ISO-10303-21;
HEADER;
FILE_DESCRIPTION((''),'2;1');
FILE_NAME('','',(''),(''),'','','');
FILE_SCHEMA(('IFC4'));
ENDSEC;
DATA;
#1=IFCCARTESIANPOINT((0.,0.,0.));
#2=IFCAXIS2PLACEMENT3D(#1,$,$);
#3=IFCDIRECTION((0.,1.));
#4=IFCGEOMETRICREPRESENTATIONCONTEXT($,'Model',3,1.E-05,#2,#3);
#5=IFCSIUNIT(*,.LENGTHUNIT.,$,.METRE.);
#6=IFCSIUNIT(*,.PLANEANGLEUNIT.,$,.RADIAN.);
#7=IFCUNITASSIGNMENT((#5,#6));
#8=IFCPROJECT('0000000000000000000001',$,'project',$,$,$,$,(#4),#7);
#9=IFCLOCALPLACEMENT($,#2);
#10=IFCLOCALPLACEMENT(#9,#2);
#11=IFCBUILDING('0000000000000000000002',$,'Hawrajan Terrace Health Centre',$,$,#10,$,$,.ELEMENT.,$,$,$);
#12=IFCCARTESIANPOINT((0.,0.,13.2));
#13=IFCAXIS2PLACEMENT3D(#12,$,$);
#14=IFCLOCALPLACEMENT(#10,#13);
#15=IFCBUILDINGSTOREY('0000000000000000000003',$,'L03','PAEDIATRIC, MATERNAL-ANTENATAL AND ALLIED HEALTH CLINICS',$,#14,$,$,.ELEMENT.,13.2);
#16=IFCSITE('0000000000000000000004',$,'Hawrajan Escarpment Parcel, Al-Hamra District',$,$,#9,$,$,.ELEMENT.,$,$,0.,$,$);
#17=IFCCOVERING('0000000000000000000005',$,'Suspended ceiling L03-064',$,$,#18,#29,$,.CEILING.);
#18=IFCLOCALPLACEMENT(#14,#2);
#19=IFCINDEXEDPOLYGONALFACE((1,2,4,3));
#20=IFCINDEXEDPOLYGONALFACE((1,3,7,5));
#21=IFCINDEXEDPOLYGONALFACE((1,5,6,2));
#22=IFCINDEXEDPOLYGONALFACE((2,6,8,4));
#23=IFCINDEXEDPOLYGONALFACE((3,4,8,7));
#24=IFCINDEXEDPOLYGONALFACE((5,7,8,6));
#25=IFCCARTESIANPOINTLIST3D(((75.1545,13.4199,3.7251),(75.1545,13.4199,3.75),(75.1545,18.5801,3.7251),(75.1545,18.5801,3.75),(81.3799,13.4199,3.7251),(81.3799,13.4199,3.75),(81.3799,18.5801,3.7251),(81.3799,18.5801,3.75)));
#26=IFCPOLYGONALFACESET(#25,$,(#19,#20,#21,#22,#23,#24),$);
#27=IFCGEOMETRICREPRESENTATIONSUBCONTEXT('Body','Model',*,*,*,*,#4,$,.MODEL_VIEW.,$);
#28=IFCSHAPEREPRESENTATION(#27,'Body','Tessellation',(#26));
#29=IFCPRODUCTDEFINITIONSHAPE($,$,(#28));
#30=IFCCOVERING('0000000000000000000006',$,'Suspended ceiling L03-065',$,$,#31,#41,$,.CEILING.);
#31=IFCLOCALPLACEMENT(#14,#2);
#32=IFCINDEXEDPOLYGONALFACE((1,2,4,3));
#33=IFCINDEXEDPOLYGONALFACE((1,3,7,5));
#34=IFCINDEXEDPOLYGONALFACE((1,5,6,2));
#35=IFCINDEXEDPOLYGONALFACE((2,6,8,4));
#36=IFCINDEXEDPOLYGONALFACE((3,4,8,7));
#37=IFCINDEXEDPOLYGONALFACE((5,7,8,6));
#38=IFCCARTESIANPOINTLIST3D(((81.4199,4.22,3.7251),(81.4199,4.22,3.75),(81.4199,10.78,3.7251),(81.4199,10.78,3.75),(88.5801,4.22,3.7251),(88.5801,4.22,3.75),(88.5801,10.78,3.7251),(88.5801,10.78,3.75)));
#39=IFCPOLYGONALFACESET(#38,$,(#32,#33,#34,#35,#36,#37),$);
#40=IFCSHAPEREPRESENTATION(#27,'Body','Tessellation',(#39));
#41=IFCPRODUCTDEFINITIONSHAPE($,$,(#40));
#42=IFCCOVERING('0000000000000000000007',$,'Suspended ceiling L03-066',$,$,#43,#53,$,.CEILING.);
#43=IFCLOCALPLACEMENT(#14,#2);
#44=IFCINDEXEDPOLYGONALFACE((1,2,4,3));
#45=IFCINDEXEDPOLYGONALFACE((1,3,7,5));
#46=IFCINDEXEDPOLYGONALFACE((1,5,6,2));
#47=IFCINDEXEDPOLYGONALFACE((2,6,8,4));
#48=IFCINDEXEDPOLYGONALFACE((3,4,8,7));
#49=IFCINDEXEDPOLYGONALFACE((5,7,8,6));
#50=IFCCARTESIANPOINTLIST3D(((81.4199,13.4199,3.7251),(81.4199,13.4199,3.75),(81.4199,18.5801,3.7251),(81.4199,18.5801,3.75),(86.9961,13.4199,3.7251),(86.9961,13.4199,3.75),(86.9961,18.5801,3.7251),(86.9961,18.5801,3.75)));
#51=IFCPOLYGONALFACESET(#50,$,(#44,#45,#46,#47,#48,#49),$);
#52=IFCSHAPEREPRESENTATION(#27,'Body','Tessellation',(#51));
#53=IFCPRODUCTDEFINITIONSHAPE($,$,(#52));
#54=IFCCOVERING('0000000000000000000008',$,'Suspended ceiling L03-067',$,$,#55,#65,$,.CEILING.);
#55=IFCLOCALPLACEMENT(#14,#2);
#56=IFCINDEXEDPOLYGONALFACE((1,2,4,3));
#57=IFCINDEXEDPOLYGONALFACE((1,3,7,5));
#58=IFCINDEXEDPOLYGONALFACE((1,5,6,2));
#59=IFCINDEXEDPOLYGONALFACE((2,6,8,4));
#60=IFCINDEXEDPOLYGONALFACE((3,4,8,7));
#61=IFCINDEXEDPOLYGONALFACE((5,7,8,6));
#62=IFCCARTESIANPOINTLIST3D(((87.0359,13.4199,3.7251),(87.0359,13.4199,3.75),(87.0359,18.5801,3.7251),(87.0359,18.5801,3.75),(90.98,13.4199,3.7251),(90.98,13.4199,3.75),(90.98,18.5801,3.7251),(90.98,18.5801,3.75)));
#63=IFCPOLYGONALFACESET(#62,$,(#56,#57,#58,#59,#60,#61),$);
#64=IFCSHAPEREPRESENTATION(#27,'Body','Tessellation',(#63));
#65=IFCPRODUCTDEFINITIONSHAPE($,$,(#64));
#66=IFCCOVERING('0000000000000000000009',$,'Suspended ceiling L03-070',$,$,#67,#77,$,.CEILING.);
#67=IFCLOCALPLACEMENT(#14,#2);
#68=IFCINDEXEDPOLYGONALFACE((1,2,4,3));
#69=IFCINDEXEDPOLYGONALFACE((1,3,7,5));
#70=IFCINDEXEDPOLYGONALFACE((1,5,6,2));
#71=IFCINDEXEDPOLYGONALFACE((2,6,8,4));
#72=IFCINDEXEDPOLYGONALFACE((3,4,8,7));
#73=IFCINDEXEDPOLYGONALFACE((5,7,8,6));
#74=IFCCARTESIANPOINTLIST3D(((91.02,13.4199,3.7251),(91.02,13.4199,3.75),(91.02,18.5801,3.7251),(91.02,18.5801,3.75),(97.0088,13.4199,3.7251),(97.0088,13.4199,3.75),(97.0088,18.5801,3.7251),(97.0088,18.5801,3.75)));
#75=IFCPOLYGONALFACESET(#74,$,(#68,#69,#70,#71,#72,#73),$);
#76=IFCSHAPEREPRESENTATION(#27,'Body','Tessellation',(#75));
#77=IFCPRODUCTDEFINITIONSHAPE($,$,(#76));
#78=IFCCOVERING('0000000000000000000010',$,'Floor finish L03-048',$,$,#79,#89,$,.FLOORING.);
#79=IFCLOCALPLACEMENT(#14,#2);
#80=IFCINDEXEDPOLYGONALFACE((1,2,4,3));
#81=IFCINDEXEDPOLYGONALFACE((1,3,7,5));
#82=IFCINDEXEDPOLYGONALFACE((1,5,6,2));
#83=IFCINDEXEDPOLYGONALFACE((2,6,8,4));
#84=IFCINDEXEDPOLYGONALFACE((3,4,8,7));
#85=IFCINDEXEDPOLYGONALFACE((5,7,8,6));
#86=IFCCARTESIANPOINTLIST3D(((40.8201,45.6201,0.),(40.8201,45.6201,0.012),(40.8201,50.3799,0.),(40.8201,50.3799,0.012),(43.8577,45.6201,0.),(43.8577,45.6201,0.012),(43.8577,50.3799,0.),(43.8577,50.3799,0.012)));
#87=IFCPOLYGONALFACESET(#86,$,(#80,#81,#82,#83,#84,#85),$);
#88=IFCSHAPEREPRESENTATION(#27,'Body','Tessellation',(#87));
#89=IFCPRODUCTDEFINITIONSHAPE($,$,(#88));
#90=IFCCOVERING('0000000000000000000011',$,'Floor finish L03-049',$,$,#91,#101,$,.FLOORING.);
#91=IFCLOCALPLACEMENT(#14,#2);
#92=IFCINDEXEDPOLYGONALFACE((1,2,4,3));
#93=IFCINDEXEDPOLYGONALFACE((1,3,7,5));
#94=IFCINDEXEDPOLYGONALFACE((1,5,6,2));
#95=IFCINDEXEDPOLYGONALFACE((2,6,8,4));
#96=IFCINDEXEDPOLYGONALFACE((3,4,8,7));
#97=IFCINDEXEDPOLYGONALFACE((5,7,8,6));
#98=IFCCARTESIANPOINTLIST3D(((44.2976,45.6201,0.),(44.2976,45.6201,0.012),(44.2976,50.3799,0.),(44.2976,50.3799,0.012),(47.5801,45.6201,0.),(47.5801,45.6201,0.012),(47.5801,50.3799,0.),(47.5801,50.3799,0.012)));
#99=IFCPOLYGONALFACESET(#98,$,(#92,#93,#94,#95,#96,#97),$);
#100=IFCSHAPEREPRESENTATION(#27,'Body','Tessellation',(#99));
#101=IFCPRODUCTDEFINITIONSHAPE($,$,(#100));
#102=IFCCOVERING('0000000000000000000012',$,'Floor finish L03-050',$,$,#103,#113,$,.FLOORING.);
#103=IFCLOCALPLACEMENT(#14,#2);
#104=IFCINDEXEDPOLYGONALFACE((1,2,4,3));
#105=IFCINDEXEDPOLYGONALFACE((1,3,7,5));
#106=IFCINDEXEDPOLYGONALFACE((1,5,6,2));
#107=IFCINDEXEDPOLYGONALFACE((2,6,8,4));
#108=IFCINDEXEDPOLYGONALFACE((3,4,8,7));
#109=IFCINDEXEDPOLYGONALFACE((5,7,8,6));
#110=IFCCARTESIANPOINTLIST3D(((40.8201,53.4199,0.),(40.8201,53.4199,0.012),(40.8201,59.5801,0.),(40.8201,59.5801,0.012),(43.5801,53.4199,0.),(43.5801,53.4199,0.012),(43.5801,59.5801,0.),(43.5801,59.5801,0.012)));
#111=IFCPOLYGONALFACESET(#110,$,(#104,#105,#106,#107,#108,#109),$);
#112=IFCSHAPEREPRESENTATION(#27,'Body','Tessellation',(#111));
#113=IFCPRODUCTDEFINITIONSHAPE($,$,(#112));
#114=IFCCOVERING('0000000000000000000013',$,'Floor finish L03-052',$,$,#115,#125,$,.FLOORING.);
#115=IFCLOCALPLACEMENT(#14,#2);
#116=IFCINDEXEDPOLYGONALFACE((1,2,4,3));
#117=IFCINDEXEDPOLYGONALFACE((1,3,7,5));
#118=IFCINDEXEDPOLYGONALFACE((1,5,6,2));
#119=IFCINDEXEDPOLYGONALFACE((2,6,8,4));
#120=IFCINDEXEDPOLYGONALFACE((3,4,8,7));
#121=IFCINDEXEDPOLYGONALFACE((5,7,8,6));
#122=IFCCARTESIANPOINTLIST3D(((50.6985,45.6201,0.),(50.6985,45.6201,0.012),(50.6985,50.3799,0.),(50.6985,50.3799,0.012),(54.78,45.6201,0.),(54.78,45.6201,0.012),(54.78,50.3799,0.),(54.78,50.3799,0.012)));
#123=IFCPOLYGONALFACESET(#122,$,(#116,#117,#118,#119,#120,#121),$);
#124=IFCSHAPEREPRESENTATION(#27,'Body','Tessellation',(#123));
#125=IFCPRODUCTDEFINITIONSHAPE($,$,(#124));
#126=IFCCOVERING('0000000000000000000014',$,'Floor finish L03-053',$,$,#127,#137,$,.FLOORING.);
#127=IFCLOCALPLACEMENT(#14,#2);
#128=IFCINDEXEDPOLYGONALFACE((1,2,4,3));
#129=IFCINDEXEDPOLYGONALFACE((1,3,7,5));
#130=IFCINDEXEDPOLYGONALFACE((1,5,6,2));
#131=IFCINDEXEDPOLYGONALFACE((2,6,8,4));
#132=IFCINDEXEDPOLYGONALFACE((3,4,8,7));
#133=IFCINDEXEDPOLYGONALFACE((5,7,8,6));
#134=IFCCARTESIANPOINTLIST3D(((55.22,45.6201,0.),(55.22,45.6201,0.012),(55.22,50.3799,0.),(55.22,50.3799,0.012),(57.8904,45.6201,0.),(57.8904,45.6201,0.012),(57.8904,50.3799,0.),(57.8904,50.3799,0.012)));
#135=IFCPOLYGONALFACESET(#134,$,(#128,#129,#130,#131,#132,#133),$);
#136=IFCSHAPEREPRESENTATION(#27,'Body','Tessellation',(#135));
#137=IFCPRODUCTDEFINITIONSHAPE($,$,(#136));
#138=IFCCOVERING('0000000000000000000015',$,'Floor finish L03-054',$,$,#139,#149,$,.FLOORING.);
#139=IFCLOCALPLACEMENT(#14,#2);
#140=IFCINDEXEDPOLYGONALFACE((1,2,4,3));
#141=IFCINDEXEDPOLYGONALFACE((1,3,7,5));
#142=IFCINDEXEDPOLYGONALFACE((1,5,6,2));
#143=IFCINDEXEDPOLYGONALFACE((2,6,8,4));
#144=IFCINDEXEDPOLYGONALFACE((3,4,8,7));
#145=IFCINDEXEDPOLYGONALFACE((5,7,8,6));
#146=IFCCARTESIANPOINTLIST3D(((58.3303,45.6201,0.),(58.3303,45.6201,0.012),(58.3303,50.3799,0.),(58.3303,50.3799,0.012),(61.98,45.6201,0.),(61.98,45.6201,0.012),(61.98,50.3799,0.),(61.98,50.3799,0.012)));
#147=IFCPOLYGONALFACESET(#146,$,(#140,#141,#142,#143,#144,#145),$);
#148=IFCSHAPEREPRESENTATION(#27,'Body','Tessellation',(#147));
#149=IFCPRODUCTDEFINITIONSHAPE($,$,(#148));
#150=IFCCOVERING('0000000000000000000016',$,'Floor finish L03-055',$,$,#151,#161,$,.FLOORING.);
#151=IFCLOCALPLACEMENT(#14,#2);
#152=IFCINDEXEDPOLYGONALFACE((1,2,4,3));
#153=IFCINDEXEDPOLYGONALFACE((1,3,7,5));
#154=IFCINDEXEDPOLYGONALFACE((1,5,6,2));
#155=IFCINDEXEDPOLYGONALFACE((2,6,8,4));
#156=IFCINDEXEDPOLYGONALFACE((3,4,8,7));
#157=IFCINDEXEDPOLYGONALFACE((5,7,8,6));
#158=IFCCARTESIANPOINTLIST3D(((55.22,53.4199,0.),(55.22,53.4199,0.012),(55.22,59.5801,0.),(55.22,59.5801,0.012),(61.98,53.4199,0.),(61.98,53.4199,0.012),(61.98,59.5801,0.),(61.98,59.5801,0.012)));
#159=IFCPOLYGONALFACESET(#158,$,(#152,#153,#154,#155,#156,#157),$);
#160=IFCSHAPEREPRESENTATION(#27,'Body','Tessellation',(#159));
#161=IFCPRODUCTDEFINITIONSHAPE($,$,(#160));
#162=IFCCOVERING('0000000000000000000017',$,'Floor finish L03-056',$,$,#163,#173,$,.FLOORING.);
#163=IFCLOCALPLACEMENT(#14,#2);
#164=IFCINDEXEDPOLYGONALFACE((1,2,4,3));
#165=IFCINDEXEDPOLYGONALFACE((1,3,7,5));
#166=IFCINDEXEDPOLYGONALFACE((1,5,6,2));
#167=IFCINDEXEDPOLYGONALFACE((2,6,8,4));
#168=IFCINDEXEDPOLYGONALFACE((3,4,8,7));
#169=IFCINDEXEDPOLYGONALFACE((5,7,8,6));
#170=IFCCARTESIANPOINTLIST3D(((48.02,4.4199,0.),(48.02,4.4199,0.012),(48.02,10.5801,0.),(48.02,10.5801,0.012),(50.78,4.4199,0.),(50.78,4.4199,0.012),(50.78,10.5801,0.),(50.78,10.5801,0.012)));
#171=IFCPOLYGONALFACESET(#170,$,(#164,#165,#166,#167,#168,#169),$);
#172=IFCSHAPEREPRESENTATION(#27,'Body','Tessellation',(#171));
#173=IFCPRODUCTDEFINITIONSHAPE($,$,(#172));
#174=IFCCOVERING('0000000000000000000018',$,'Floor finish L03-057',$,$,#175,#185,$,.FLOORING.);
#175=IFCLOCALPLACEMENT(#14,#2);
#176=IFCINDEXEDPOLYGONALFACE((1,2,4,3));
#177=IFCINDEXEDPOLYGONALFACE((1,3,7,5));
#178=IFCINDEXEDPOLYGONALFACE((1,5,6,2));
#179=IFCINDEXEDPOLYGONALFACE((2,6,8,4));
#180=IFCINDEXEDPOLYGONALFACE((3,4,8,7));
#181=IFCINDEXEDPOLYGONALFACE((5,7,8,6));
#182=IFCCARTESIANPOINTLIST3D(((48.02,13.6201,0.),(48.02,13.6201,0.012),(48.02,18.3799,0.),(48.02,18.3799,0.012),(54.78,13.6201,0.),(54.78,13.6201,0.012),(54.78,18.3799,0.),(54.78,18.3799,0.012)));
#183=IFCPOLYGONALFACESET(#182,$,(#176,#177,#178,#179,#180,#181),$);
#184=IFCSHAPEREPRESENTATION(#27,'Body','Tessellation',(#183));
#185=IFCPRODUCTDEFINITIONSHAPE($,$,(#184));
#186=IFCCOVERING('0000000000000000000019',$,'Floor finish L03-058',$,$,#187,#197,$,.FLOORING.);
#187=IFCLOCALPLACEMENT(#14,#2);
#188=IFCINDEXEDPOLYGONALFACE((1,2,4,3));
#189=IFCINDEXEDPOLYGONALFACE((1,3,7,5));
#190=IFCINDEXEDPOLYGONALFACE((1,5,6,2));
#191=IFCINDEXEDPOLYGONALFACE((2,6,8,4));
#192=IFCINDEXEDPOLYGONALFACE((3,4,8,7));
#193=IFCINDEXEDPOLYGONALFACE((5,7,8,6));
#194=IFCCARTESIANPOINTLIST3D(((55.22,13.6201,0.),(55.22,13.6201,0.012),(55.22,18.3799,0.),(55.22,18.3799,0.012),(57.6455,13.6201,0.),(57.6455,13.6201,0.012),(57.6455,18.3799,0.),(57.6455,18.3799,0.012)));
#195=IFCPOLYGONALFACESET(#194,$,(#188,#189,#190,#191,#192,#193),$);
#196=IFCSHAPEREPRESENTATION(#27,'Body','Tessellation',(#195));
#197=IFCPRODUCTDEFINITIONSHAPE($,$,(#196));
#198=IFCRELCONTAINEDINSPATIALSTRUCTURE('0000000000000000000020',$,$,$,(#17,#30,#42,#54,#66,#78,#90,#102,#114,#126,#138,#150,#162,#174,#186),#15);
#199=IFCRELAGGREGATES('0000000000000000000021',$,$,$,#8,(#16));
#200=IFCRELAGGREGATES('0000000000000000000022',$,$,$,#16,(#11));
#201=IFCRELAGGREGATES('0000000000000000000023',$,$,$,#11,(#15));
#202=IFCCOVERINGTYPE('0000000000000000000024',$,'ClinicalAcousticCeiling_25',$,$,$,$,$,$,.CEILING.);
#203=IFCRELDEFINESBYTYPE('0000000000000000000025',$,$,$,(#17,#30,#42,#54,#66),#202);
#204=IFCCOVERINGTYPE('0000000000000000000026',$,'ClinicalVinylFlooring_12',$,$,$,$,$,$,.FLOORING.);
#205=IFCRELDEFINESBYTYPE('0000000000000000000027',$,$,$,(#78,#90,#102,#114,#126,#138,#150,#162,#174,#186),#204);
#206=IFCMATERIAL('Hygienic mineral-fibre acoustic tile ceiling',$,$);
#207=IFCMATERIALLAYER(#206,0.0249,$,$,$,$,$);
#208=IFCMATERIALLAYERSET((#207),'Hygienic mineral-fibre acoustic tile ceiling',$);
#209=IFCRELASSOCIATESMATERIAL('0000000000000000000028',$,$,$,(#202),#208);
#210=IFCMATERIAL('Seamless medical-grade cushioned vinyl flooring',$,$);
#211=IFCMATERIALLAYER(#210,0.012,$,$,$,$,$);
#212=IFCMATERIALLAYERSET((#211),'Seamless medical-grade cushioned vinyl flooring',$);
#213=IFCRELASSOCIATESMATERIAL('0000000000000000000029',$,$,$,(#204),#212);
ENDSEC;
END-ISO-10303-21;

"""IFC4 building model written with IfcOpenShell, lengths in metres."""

from ifc_helpers import new_model, si_unit, direction, frame, origin, place, context, subcontext, project, spatial, polyline, outline, extrude, material, layer, layer_set, type_object, element, save


model = new_model("IFC4")

# Units and contexts
model_context = context("Model", 3, precision=1e-05, world=origin(), true_north=direction((0.0, 1.0)))
body_context = subcontext(model_context, "Body", "Model", "MODEL_VIEW")
ifc_project = project(units=[si_unit("LENGTHUNIT", "METRE"), si_unit("PLANEANGLEUNIT", "RADIAN")], contexts=[model_context])

# Site, building, storey
site_placement = place(None, origin())
site = spatial("IfcSite", under=ifc_project, at=site_placement, Name="Hawrajan Escarpment Parcel, Al-Hamra District", CompositionType="ELEMENT", RefElevation=0.0)
building_placement = place(site_placement, origin())
building = spatial("IfcBuilding", under=site, at=building_placement, Name="Hawrajan Terrace Health Centre", CompositionType="ELEMENT")
storey_placement = place(building_placement, frame((0.0, 0.0, 13.2)))
storey = spatial("IfcBuildingStorey", under=building, at=storey_placement, Name="L03", Description="PAEDIATRIC, MATERNAL-ANTENATAL AND ALLIED HEALTH CLINICS", CompositionType="ELEMENT", Elevation=13.2)

# Coverings
ifc_material_1 = material(Name="Hygienic mineral-fibre acoustic tile ceiling")
ifc_layer_1 = layer(ifc_material_1, 0.0249)
ifc_layer_set_1 = layer_set([ifc_layer_1], Name="Hygienic mineral-fibre acoustic tile ceiling")
covering_type_1 = type_object("IfcCoveringType", Name="ClinicalAcousticCeiling_25", PredefinedType="CEILING", material=ifc_layer_set_1)
covering_1_placement = place(storey_placement, frame((0.0, 0.0, 3.7251)))
element("IfcCovering", 1, at=covering_1_placement, inside=storey, type_object=covering_type_1, Name="Suspended ceiling L03-064", PredefinedType="CEILING", context=body_context, shape_type="SweptSolid", body=[
    extrude(outline(polyline([(75.1545, 18.5801), (81.3799, 18.5801), (81.3799, 13.4199), (75.1545, 13.4199), (75.1545, 18.5801)])), origin(), (0.0, 0.0, 1.0), 0.0249),
])
covering_2_placement = place(storey_placement, frame((0.0, 0.0, 3.7251)))
element("IfcCovering", 2, at=covering_2_placement, inside=storey, type_object=covering_type_1, Name="Suspended ceiling L03-065", PredefinedType="CEILING", context=body_context, shape_type="SweptSolid", body=[
    extrude(outline(polyline([(81.4199, 10.78), (88.5801, 10.78), (88.5801, 4.22), (81.4199, 4.22), (81.4199, 10.78)])), origin(), (0.0, 0.0, 1.0), 0.0249),
])
covering_3_placement = place(storey_placement, frame((0.0, 0.0, 3.7251)))
element("IfcCovering", 3, at=covering_3_placement, inside=storey, type_object=covering_type_1, Name="Suspended ceiling L03-066", PredefinedType="CEILING", context=body_context, shape_type="SweptSolid", body=[
    extrude(outline(polyline([(81.4199, 18.5801), (86.9961, 18.5801), (86.9961, 13.4199), (81.4199, 13.4199), (81.4199, 18.5801)])), origin(), (0.0, 0.0, 1.0), 0.0249),
])
covering_4_placement = place(storey_placement, frame((0.0, 0.0, 3.7251)))
element("IfcCovering", 4, at=covering_4_placement, inside=storey, type_object=covering_type_1, Name="Suspended ceiling L03-067", PredefinedType="CEILING", context=body_context, shape_type="SweptSolid", body=[
    extrude(outline(polyline([(87.0359, 18.5801), (90.98, 18.5801), (90.98, 13.4199), (87.0359, 13.4199), (87.0359, 18.5801)])), origin(), (0.0, 0.0, 1.0), 0.0249),
])
covering_5_placement = place(storey_placement, frame((0.0, 0.0, 3.7251)))
element("IfcCovering", 5, at=covering_5_placement, inside=storey, type_object=covering_type_1, Name="Suspended ceiling L03-070", PredefinedType="CEILING", context=body_context, shape_type="SweptSolid", body=[
    extrude(outline(polyline([(91.02, 18.5801), (97.0088, 18.5801), (97.0088, 13.4199), (91.02, 13.4199), (91.02, 18.5801)])), origin(), (0.0, 0.0, 1.0), 0.0249),
])
ifc_material_2 = material(Name="Seamless medical-grade cushioned vinyl flooring")
ifc_layer_2 = layer(ifc_material_2, 0.012)
ifc_layer_set_2 = layer_set([ifc_layer_2], Name="Seamless medical-grade cushioned vinyl flooring")
covering_type_2 = type_object("IfcCoveringType", Name="ClinicalVinylFlooring_12", PredefinedType="FLOORING", material=ifc_layer_set_2)
covering_6_placement = place(storey_placement, origin())
element("IfcCovering", 6, at=covering_6_placement, inside=storey, type_object=covering_type_2, Name="Floor finish L03-048", PredefinedType="FLOORING", context=body_context, shape_type="SweptSolid", body=[
    extrude(outline(polyline([(40.8201, 50.3799), (43.8577, 50.3799), (43.8577, 45.6201), (40.8201, 45.6201), (40.8201, 50.3799)])), origin(), (0.0, 0.0, 1.0), 0.012),
])
covering_7_placement = place(storey_placement, origin())
element("IfcCovering", 7, at=covering_7_placement, inside=storey, type_object=covering_type_2, Name="Floor finish L03-049", PredefinedType="FLOORING", context=body_context, shape_type="SweptSolid", body=[
    extrude(outline(polyline([(44.2976, 50.3799), (47.5801, 50.3799), (47.5801, 45.6201), (44.2976, 45.6201), (44.2976, 50.3799)])), origin(), (0.0, 0.0, 1.0), 0.012),
])
covering_8_placement = place(storey_placement, origin())
element("IfcCovering", 8, at=covering_8_placement, inside=storey, type_object=covering_type_2, Name="Floor finish L03-050", PredefinedType="FLOORING", context=body_context, shape_type="SweptSolid", body=[
    extrude(outline(polyline([(40.8201, 59.5801), (43.5801, 59.5801), (43.5801, 53.4199), (40.8201, 53.4199), (40.8201, 59.5801)])), origin(), (0.0, 0.0, 1.0), 0.012),
])
covering_9_placement = place(storey_placement, origin())
element("IfcCovering", 9, at=covering_9_placement, inside=storey, type_object=covering_type_2, Name="Floor finish L03-052", PredefinedType="FLOORING", context=body_context, shape_type="SweptSolid", body=[
    extrude(outline(polyline([(50.6985, 50.3799), (54.78, 50.3799), (54.78, 45.6201), (50.6985, 45.6201), (50.6985, 50.3799)])), origin(), (0.0, 0.0, 1.0), 0.012),
])
covering_10_placement = place(storey_placement, origin())
element("IfcCovering", 10, at=covering_10_placement, inside=storey, type_object=covering_type_2, Name="Floor finish L03-053", PredefinedType="FLOORING", context=body_context, shape_type="SweptSolid", body=[
    extrude(outline(polyline([(55.22, 50.3799), (57.8904, 50.3799), (57.8904, 45.6201), (55.22, 45.6201), (55.22, 50.3799)])), origin(), (0.0, 0.0, 1.0), 0.012),
])
covering_11_placement = place(storey_placement, origin())
element("IfcCovering", 11, at=covering_11_placement, inside=storey, type_object=covering_type_2, Name="Floor finish L03-054", PredefinedType="FLOORING", context=body_context, shape_type="SweptSolid", body=[
    extrude(outline(polyline([(58.3303, 50.3799), (61.98, 50.3799), (61.98, 45.6201), (58.3303, 45.6201), (58.3303, 50.3799)])), origin(), (0.0, 0.0, 1.0), 0.012),
])
covering_12_placement = place(storey_placement, origin())
element("IfcCovering", 12, at=covering_12_placement, inside=storey, type_object=covering_type_2, Name="Floor finish L03-055", PredefinedType="FLOORING", context=body_context, shape_type="SweptSolid", body=[
    extrude(outline(polyline([(55.22, 59.5801), (61.98, 59.5801), (61.98, 53.4199), (55.22, 53.4199), (55.22, 59.5801)])), origin(), (0.0, 0.0, 1.0), 0.012),
])
covering_13_placement = place(storey_placement, origin())
element("IfcCovering", 13, at=covering_13_placement, inside=storey, type_object=covering_type_2, Name="Floor finish L03-056", PredefinedType="FLOORING", context=body_context, shape_type="SweptSolid", body=[
    extrude(outline(polyline([(48.02, 10.5801), (50.78, 10.5801), (50.78, 4.4199), (48.02, 4.4199), (48.02, 10.5801)])), origin(), (0.0, 0.0, 1.0), 0.012),
])
covering_14_placement = place(storey_placement, origin())
element("IfcCovering", 14, at=covering_14_placement, inside=storey, type_object=covering_type_2, Name="Floor finish L03-057", PredefinedType="FLOORING", context=body_context, shape_type="SweptSolid", body=[
    extrude(outline(polyline([(48.02, 18.3799), (54.78, 18.3799), (54.78, 13.6201), (48.02, 13.6201), (48.02, 18.3799)])), origin(), (0.0, 0.0, 1.0), 0.012),
])
covering_15_placement = place(storey_placement, origin())
element("IfcCovering", 15, at=covering_15_placement, inside=storey, type_object=covering_type_2, Name="Floor finish L03-058", PredefinedType="FLOORING", context=body_context, shape_type="SweptSolid", body=[
    extrude(outline(polyline([(55.22, 18.3799), (57.6455, 18.3799), (57.6455, 13.6201), (55.22, 13.6201), (55.22, 18.3799)])), origin(), (0.0, 0.0, 1.0), 0.012),
])

save(model, "model.ifc")
